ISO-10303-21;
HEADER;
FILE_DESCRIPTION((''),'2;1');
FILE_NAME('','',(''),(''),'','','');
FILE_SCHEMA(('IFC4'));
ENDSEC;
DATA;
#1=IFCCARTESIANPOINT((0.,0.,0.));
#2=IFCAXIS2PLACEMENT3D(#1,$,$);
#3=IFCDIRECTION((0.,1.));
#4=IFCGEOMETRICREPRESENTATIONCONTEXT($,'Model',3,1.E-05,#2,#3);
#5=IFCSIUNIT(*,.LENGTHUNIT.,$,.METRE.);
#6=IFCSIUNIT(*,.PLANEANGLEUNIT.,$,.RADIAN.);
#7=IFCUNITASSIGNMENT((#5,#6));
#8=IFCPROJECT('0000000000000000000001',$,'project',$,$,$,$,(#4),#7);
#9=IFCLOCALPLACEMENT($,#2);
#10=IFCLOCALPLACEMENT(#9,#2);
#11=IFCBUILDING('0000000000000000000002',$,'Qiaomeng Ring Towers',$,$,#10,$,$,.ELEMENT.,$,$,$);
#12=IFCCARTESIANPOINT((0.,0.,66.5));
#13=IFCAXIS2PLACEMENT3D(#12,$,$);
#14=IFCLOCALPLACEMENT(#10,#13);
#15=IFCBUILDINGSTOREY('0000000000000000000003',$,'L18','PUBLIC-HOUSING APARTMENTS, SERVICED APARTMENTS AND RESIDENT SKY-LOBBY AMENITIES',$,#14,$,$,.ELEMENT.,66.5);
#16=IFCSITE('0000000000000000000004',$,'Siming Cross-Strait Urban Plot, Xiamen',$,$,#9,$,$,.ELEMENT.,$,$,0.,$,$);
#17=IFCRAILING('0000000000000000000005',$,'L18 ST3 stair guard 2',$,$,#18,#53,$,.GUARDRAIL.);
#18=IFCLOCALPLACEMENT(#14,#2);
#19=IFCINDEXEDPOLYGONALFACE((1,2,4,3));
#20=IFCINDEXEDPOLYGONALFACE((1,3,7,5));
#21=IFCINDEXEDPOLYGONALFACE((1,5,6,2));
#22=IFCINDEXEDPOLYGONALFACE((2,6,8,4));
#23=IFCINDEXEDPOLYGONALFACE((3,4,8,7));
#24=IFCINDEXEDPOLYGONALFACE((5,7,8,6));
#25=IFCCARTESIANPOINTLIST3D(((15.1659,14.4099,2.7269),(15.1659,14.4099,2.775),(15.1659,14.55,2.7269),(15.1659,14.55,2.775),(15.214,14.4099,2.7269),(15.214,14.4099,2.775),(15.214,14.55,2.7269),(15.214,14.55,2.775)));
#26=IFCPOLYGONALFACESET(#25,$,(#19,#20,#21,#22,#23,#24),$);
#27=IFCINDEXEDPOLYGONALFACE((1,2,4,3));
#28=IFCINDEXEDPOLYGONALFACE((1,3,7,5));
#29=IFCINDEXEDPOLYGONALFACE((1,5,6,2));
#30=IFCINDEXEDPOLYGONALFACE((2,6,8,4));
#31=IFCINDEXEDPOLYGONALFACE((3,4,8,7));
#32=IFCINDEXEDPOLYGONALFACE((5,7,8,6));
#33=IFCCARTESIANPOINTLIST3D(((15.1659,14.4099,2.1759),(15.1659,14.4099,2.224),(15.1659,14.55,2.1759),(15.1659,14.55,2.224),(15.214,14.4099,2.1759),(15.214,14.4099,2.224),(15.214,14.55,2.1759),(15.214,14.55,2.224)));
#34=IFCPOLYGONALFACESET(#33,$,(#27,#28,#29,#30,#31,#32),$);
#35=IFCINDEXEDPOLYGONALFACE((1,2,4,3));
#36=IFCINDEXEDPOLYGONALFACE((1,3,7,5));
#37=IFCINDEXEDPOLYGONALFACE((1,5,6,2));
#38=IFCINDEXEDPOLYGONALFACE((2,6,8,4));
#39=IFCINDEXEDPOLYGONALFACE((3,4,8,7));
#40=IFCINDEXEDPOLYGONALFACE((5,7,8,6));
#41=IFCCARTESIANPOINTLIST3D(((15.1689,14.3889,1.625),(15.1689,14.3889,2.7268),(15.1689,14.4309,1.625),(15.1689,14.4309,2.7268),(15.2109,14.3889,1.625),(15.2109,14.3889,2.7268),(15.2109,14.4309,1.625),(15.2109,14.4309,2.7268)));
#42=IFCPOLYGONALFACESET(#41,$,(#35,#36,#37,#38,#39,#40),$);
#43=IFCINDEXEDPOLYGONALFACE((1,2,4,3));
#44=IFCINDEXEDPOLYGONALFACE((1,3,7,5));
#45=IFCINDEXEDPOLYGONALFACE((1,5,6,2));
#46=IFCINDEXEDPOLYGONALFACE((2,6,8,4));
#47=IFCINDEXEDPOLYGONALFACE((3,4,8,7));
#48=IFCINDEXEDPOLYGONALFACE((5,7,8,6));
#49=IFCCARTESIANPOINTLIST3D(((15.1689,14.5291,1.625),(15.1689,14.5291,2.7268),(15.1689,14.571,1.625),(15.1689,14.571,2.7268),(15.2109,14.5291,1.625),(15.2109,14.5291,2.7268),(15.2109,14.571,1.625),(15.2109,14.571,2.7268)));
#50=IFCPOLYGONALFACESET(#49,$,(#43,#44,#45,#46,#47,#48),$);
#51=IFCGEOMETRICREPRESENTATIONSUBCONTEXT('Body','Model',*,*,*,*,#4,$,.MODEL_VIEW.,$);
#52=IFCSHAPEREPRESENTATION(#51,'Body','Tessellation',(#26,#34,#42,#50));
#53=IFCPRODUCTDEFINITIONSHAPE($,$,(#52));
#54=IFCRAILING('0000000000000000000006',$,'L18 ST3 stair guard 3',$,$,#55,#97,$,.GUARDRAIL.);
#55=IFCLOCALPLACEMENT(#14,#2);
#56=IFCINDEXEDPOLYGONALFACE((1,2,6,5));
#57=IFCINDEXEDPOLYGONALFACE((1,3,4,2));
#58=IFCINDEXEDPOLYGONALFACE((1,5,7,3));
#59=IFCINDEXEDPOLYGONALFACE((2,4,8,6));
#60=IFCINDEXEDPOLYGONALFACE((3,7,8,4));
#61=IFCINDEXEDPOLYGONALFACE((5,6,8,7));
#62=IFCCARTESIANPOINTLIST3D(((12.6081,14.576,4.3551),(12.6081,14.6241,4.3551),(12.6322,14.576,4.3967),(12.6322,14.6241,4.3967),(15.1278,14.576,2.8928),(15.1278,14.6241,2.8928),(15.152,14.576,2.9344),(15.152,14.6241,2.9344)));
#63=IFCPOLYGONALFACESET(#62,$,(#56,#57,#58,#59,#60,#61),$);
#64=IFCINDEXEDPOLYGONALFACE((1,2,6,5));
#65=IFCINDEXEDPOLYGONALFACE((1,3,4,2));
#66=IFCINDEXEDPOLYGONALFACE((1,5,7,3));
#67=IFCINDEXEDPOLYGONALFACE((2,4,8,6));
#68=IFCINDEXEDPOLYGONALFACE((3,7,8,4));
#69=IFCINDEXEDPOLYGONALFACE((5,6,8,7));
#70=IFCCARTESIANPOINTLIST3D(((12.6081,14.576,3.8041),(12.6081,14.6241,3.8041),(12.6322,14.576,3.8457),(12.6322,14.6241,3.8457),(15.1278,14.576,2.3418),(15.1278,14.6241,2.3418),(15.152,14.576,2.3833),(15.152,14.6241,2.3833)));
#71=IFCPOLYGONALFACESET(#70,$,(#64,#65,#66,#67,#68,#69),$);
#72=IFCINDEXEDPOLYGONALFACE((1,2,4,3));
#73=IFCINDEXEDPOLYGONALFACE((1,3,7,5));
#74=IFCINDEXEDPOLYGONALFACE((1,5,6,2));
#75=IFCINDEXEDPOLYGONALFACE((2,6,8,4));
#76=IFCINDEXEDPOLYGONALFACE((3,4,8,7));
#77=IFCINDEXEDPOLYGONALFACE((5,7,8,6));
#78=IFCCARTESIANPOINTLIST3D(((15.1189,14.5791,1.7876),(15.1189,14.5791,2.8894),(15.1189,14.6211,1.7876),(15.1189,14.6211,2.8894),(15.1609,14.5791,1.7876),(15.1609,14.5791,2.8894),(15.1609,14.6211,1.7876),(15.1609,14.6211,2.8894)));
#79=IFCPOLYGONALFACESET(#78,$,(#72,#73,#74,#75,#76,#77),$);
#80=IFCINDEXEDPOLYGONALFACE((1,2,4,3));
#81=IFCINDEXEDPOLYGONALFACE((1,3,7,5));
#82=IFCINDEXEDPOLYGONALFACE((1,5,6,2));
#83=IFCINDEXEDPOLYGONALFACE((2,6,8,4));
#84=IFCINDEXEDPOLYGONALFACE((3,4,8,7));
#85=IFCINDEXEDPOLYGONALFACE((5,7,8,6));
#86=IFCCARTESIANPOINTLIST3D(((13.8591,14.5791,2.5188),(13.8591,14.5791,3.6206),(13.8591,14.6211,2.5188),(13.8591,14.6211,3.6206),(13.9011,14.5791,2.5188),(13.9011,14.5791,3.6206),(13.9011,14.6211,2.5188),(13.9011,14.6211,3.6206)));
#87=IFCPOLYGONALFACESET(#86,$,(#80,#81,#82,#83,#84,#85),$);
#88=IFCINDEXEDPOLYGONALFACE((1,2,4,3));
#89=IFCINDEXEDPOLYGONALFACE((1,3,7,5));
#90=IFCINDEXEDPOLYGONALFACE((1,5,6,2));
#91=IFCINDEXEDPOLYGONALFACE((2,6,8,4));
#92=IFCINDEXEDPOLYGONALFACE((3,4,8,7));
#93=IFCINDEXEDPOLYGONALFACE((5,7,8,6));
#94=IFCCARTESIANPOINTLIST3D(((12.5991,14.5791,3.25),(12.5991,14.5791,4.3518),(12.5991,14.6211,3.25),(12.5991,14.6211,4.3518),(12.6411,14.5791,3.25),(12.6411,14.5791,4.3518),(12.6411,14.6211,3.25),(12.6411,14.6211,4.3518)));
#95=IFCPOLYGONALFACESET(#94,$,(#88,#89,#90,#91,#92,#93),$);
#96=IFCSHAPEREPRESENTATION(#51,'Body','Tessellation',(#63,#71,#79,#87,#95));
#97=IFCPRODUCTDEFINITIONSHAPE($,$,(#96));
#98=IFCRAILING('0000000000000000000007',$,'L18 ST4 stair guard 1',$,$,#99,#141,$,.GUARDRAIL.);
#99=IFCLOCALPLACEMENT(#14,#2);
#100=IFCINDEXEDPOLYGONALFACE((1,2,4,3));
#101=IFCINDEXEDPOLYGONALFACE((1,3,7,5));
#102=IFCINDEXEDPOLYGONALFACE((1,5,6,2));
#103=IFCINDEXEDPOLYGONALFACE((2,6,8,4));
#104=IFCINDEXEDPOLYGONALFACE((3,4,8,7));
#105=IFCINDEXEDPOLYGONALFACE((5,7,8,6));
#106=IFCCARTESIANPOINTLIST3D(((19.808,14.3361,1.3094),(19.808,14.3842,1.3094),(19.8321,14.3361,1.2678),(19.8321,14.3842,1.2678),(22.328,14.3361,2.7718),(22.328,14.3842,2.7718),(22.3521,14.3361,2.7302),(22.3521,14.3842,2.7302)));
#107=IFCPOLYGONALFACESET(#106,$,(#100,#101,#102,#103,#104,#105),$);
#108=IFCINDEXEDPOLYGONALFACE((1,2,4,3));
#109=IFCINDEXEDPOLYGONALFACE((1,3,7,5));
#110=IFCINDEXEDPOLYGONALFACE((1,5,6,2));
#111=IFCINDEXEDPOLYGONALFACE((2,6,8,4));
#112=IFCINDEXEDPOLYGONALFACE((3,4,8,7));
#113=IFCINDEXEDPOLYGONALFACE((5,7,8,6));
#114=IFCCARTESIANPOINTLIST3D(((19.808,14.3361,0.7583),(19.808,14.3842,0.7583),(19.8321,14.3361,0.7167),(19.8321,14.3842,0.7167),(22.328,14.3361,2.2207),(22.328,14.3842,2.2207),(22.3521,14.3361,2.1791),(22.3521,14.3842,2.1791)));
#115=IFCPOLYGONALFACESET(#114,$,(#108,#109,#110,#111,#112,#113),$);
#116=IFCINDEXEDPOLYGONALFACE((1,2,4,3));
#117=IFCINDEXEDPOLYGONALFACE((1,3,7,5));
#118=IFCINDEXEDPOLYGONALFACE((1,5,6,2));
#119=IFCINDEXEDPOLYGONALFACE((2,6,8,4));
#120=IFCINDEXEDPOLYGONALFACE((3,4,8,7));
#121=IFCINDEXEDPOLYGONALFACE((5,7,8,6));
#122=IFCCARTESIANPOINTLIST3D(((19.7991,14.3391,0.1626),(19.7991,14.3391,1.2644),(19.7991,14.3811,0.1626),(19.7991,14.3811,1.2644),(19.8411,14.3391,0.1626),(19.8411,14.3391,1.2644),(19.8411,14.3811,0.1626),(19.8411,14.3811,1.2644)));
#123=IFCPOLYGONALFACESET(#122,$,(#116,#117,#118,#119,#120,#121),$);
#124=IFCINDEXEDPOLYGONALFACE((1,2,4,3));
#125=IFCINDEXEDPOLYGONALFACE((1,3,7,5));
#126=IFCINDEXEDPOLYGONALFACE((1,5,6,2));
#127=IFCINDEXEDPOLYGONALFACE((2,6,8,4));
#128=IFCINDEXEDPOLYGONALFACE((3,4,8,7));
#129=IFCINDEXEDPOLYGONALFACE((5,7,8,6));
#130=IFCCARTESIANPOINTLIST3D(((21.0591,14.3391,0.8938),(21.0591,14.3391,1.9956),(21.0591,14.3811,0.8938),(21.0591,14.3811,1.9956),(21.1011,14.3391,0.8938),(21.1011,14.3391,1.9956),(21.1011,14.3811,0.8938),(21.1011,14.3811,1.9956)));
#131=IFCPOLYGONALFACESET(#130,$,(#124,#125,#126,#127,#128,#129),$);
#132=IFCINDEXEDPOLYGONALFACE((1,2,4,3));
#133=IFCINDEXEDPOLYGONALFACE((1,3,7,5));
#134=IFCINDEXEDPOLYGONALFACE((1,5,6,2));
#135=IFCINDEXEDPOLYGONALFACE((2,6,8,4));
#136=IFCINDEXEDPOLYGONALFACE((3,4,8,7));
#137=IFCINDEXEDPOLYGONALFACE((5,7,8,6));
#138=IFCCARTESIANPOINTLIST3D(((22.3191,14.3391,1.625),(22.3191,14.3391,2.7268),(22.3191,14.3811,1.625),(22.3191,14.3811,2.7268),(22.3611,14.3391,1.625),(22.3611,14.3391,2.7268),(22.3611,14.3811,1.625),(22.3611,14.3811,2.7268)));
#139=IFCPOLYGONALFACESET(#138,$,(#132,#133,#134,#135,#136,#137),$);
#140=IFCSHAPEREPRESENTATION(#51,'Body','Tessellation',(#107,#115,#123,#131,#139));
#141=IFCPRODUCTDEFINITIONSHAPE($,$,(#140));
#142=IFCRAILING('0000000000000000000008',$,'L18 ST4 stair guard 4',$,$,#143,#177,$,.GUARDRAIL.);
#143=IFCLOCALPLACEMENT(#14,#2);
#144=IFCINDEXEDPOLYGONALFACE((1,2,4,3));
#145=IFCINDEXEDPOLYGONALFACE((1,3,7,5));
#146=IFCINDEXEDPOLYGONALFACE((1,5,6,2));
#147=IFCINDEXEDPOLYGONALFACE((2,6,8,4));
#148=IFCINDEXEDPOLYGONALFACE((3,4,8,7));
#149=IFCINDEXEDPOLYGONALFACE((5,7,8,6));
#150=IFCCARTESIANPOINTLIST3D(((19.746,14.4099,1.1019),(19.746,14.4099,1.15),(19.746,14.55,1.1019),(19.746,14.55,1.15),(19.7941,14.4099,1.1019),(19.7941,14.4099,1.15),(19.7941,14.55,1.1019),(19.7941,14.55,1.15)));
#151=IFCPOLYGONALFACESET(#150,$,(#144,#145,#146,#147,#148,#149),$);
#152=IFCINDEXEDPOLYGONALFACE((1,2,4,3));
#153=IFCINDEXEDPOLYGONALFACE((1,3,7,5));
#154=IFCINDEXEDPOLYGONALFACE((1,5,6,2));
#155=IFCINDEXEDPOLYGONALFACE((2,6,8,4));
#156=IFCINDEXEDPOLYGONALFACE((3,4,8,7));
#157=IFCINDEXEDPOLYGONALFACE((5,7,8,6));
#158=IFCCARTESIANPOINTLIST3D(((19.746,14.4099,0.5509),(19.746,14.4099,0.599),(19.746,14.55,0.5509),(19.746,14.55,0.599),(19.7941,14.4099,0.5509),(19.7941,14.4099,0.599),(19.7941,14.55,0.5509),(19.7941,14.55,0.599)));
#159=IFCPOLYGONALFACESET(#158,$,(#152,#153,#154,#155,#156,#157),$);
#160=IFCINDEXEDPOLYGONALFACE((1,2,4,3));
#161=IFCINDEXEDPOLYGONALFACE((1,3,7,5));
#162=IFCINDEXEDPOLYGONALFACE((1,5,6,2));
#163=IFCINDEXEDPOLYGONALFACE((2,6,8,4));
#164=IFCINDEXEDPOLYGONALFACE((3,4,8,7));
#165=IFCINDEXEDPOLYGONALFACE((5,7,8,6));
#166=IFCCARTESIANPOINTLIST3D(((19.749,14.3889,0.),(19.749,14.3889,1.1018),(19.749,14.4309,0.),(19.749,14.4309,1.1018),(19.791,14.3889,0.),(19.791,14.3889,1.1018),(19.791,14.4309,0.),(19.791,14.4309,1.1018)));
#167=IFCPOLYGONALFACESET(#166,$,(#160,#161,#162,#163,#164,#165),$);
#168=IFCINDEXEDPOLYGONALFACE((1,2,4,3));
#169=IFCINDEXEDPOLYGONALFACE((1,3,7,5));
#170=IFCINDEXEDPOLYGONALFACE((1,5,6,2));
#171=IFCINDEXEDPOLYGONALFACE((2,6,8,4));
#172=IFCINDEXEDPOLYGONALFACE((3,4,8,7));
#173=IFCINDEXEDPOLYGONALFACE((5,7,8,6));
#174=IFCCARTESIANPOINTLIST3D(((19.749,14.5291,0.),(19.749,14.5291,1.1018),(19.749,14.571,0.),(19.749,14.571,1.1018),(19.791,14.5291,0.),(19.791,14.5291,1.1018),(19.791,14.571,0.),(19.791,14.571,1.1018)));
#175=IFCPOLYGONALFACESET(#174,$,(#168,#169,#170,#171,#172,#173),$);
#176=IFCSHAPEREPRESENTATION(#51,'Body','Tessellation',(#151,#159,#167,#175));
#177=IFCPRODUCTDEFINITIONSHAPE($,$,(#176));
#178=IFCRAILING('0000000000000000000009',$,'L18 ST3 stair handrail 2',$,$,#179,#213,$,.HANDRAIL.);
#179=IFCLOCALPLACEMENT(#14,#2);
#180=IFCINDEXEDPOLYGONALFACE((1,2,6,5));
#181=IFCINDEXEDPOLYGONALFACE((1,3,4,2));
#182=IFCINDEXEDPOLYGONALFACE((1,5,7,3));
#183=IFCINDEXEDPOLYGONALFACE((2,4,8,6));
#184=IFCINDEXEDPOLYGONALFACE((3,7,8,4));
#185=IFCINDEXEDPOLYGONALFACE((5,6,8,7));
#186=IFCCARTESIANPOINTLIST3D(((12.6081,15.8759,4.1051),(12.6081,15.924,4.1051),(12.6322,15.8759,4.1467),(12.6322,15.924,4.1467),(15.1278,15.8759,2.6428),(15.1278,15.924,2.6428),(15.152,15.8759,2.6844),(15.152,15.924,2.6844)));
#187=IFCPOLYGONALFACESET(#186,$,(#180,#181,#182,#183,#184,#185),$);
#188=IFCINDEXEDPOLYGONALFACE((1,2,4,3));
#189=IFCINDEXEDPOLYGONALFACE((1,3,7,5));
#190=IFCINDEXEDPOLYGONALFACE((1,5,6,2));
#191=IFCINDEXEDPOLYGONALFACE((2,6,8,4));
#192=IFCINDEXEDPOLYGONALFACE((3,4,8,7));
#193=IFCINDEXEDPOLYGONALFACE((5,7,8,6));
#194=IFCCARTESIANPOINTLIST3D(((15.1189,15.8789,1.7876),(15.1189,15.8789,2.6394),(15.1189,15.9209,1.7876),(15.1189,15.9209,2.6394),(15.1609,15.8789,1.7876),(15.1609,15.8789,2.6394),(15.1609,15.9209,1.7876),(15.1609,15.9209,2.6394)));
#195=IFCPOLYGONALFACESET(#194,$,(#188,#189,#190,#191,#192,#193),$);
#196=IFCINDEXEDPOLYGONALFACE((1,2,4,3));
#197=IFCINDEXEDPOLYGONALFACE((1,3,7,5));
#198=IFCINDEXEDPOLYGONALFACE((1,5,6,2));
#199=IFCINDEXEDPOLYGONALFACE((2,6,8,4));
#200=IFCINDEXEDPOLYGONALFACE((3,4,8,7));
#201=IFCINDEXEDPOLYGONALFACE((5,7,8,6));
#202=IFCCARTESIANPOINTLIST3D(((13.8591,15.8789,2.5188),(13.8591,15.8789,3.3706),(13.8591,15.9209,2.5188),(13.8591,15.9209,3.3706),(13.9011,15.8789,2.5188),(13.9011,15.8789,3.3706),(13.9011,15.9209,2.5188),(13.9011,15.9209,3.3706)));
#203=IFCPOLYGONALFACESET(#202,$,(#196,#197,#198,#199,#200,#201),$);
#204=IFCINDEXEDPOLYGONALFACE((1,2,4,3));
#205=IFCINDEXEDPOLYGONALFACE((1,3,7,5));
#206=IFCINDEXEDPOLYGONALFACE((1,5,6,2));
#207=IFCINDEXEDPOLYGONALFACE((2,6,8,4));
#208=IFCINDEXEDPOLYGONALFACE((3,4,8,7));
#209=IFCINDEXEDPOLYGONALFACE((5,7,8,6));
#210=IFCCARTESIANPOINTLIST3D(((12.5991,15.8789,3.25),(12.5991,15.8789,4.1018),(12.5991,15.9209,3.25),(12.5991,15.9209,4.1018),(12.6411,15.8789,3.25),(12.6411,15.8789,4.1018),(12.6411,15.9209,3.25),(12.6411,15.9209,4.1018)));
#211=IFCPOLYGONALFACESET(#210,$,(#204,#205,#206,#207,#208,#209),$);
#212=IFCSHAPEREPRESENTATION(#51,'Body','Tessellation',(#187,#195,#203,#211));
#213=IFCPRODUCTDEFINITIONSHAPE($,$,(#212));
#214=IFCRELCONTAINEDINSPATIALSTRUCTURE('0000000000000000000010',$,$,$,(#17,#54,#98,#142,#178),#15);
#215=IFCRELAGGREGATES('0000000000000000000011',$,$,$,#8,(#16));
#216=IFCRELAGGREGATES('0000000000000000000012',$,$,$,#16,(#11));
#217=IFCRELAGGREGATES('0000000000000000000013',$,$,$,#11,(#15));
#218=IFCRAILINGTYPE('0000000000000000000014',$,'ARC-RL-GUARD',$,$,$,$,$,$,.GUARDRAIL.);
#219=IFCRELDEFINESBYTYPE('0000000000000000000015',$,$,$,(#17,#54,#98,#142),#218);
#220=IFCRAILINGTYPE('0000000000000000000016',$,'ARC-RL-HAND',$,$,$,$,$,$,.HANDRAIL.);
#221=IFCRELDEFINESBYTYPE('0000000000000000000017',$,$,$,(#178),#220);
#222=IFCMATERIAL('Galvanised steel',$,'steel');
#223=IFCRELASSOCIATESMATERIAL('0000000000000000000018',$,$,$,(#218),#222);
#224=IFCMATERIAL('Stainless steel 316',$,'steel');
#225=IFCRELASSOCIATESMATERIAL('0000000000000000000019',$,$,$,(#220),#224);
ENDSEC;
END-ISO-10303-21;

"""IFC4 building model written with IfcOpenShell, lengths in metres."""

from ifc_helpers import new_model, si_unit, direction, frame, origin, origin_2d, place, context, subcontext, project, spatial, rectangle, extrude, material, type_object, element, save


model = new_model("IFC4")

# Units and contexts
model_context = context("Model", 3, precision=1e-05, world=origin(), true_north=direction((0.0, 1.0)))
body_context = subcontext(model_context, "Body", "Model", "MODEL_VIEW")
ifc_project = project(units=[si_unit("LENGTHUNIT", "METRE"), si_unit("PLANEANGLEUNIT", "RADIAN")], contexts=[model_context])

# Site, building, storey
site_placement = place(None, origin())
site = spatial("IfcSite", under=ifc_project, at=site_placement, Name="Siming Cross-Strait Urban Plot, Xiamen", CompositionType="ELEMENT", RefElevation=0.0)
building_placement = place(site_placement, origin())
building = spatial("IfcBuilding", under=site, at=building_placement, Name="Qiaomeng Ring Towers", CompositionType="ELEMENT")
storey_placement = place(building_placement, frame((0.0, 0.0, 66.5)))
storey = spatial("IfcBuildingStorey", under=building, at=storey_placement, Name="L18", Description="PUBLIC-HOUSING APARTMENTS, SERVICED APARTMENTS AND RESIDENT SKY-LOBBY AMENITIES", CompositionType="ELEMENT", Elevation=66.5)

# Shared definitions
ifc_material_1 = material(Name="Galvanised steel", Category="steel")

# Railings
railing_type_1 = type_object("IfcRailingType", Name="ARC-RL-GUARD", PredefinedType="GUARDRAIL", material=ifc_material_1)
railing_1_placement = place(storey_placement, frame((15.1899, 14.4099, 1.625)))
element("IfcRailing", 1, at=railing_1_placement, inside=storey, type_object=railing_type_1, Name="L18 ST3 stair guard 2", PredefinedType="GUARDRAIL", context=body_context, shape_type="SweptSolid", body=[
    extrude(rectangle(XDim=0.0481, YDim=0.0481, at=origin_2d()), frame((0.0, 0.0, 1.126), z_axis=(0.0, 1.0, 0.0), x_axis=(-1.0, 0.0, 0.0)), (0.0, 0.0, 1.0), 0.1401),
    extrude(rectangle(XDim=0.0481, YDim=0.0481, at=origin_2d()), frame((0.0, 0.0, 0.575), z_axis=(0.0, 1.0, 0.0), x_axis=(-1.0, 0.0, 0.0)), (0.0, 0.0, 1.0), 0.1401),
    extrude(rectangle(XDim=0.042, YDim=0.042, at=origin_2d()), origin(), (0.0, 0.0, 1.0), 1.1018),
    extrude(rectangle(XDim=0.042, YDim=0.042, at=origin_2d()), frame((0.0, 0.1401, 0.0)), (0.0, 0.0, 1.0), 1.1018),
])
railing_2_placement = place(storey_placement, frame((15.1399, 14.6001, 1.7876)))
element("IfcRailing", 2, at=railing_2_placement, inside=storey, type_object=railing_type_1, Name="L18 ST3 stair guard 3", PredefinedType="GUARDRAIL", context=body_context, shape_type="SweptSolid", body=[
    extrude(rectangle(XDim=0.0481, YDim=0.0481, at=origin_2d()), frame((0.0, 0.0, 1.126), z_axis=(-0.864892, 0.0, 0.501958), x_axis=(0.0, -1.0, 0.0)), (0.0, 0.0, 1.0), 2.9133),
    extrude(rectangle(XDim=0.0481, YDim=0.0481, at=origin_2d()), frame((0.0, 0.0, 0.575), z_axis=(-0.864892, 0.0, 0.501958), x_axis=(0.0, -1.0, 0.0)), (0.0, 0.0, 1.0), 2.9133),
    extrude(rectangle(XDim=0.042, YDim=0.042, at=origin_2d()), origin(), (0.0, 0.0, 1.0), 1.1018),
    extrude(rectangle(XDim=0.042, YDim=0.042, at=origin_2d()), frame((-1.2598, 0.0, 0.7312)), (0.0, 0.0, 1.0), 1.1018),
    extrude(rectangle(XDim=0.042, YDim=0.042, at=origin_2d()), frame((-2.5198, 0.0, 1.4624)), (0.0, 0.0, 1.0), 1.1018),
])
railing_3_placement = place(storey_placement, frame((19.8201, 14.3601, 0.1626)))
element("IfcRailing", 3, at=railing_3_placement, inside=storey, type_object=railing_type_1, Name="L18 ST4 stair guard 1", PredefinedType="GUARDRAIL", context=body_context, shape_type="SweptSolid", body=[
    extrude(rectangle(XDim=0.0481, YDim=0.0481, at=origin_2d()), frame((0.0, 0.0, 1.126), z_axis=(0.864913, 0.0, 0.501921), x_axis=(0.0, 1.0, 0.0)), (0.0, 0.0, 1.0), 2.9136),
    extrude(rectangle(XDim=0.0481, YDim=0.0481, at=origin_2d()), frame((0.0, 0.0, 0.575), z_axis=(0.864913, 0.0, 0.501921), x_axis=(0.0, 1.0, 0.0)), (0.0, 0.0, 1.0), 2.9136),
    extrude(rectangle(XDim=0.042, YDim=0.042, at=origin_2d()), origin(), (0.0, 0.0, 1.0), 1.1018),
    extrude(rectangle(XDim=0.042, YDim=0.042, at=origin_2d()), frame((1.26, 0.0, 0.7312)), (0.0, 0.0, 1.0), 1.1018),
    extrude(rectangle(XDim=0.042, YDim=0.042, at=origin_2d()), frame((2.52, 0.0, 1.4624)), (0.0, 0.0, 1.0), 1.1018),
])
railing_4_placement = place(storey_placement, frame((19.77, 14.4099, 0.0)))
element("IfcRailing", 4, at=railing_4_placement, inside=storey, type_object=railing_type_1, Name="L18 ST4 stair guard 4", PredefinedType="GUARDRAIL", context=body_context, shape_type="SweptSolid", body=[
    extrude(rectangle(XDim=0.0481, YDim=0.0481, at=origin_2d()), frame((0.0, 0.0, 1.126), z_axis=(0.0, 1.0, 0.0), x_axis=(-1.0, 0.0, 0.0)), (0.0, 0.0, 1.0), 0.1401),
    extrude(rectangle(XDim=0.0481, YDim=0.0481, at=origin_2d()), frame((0.0, 0.0, 0.575), z_axis=(0.0, 1.0, 0.0), x_axis=(-1.0, 0.0, 0.0)), (0.0, 0.0, 1.0), 0.1401),
    extrude(rectangle(XDim=0.042, YDim=0.042, at=origin_2d()), origin(), (0.0, 0.0, 1.0), 1.1018),
    extrude(rectangle(XDim=0.042, YDim=0.042, at=origin_2d()), frame((0.0, 0.1401, 0.0)), (0.0, 0.0, 1.0), 1.1018),
])
ifc_material_2 = material(Name="Stainless steel 316", Category="steel")
railing_type_2 = type_object("IfcRailingType", Name="ARC-RL-HAND", PredefinedType="HANDRAIL", material=ifc_material_2)
railing_5_placement = place(storey_placement, frame((15.1399, 15.8999, 1.7876)))
element("IfcRailing", 5, at=railing_5_placement, inside=storey, type_object=railing_type_2, Name="L18 ST3 stair handrail 2", PredefinedType="HANDRAIL", context=body_context, shape_type="SweptSolid", body=[
    extrude(rectangle(XDim=0.0481, YDim=0.0481, at=origin_2d()), frame((0.0, 0.0, 0.876), z_axis=(-0.864892, 0.0, 0.501958), x_axis=(0.0, -1.0, 0.0)), (0.0, 0.0, 1.0), 2.9133),
    extrude(rectangle(XDim=0.042, YDim=0.042, at=origin_2d()), origin(), (0.0, 0.0, 1.0), 0.8518),
    extrude(rectangle(XDim=0.042, YDim=0.042, at=origin_2d()), frame((-1.2598, 0.0, 0.7312)), (0.0, 0.0, 1.0), 0.8518),
    extrude(rectangle(XDim=0.042, YDim=0.042, at=origin_2d()), frame((-2.5198, 0.0, 1.4624)), (0.0, 0.0, 1.0), 0.8518),
])

save(model, "model.ifc")
